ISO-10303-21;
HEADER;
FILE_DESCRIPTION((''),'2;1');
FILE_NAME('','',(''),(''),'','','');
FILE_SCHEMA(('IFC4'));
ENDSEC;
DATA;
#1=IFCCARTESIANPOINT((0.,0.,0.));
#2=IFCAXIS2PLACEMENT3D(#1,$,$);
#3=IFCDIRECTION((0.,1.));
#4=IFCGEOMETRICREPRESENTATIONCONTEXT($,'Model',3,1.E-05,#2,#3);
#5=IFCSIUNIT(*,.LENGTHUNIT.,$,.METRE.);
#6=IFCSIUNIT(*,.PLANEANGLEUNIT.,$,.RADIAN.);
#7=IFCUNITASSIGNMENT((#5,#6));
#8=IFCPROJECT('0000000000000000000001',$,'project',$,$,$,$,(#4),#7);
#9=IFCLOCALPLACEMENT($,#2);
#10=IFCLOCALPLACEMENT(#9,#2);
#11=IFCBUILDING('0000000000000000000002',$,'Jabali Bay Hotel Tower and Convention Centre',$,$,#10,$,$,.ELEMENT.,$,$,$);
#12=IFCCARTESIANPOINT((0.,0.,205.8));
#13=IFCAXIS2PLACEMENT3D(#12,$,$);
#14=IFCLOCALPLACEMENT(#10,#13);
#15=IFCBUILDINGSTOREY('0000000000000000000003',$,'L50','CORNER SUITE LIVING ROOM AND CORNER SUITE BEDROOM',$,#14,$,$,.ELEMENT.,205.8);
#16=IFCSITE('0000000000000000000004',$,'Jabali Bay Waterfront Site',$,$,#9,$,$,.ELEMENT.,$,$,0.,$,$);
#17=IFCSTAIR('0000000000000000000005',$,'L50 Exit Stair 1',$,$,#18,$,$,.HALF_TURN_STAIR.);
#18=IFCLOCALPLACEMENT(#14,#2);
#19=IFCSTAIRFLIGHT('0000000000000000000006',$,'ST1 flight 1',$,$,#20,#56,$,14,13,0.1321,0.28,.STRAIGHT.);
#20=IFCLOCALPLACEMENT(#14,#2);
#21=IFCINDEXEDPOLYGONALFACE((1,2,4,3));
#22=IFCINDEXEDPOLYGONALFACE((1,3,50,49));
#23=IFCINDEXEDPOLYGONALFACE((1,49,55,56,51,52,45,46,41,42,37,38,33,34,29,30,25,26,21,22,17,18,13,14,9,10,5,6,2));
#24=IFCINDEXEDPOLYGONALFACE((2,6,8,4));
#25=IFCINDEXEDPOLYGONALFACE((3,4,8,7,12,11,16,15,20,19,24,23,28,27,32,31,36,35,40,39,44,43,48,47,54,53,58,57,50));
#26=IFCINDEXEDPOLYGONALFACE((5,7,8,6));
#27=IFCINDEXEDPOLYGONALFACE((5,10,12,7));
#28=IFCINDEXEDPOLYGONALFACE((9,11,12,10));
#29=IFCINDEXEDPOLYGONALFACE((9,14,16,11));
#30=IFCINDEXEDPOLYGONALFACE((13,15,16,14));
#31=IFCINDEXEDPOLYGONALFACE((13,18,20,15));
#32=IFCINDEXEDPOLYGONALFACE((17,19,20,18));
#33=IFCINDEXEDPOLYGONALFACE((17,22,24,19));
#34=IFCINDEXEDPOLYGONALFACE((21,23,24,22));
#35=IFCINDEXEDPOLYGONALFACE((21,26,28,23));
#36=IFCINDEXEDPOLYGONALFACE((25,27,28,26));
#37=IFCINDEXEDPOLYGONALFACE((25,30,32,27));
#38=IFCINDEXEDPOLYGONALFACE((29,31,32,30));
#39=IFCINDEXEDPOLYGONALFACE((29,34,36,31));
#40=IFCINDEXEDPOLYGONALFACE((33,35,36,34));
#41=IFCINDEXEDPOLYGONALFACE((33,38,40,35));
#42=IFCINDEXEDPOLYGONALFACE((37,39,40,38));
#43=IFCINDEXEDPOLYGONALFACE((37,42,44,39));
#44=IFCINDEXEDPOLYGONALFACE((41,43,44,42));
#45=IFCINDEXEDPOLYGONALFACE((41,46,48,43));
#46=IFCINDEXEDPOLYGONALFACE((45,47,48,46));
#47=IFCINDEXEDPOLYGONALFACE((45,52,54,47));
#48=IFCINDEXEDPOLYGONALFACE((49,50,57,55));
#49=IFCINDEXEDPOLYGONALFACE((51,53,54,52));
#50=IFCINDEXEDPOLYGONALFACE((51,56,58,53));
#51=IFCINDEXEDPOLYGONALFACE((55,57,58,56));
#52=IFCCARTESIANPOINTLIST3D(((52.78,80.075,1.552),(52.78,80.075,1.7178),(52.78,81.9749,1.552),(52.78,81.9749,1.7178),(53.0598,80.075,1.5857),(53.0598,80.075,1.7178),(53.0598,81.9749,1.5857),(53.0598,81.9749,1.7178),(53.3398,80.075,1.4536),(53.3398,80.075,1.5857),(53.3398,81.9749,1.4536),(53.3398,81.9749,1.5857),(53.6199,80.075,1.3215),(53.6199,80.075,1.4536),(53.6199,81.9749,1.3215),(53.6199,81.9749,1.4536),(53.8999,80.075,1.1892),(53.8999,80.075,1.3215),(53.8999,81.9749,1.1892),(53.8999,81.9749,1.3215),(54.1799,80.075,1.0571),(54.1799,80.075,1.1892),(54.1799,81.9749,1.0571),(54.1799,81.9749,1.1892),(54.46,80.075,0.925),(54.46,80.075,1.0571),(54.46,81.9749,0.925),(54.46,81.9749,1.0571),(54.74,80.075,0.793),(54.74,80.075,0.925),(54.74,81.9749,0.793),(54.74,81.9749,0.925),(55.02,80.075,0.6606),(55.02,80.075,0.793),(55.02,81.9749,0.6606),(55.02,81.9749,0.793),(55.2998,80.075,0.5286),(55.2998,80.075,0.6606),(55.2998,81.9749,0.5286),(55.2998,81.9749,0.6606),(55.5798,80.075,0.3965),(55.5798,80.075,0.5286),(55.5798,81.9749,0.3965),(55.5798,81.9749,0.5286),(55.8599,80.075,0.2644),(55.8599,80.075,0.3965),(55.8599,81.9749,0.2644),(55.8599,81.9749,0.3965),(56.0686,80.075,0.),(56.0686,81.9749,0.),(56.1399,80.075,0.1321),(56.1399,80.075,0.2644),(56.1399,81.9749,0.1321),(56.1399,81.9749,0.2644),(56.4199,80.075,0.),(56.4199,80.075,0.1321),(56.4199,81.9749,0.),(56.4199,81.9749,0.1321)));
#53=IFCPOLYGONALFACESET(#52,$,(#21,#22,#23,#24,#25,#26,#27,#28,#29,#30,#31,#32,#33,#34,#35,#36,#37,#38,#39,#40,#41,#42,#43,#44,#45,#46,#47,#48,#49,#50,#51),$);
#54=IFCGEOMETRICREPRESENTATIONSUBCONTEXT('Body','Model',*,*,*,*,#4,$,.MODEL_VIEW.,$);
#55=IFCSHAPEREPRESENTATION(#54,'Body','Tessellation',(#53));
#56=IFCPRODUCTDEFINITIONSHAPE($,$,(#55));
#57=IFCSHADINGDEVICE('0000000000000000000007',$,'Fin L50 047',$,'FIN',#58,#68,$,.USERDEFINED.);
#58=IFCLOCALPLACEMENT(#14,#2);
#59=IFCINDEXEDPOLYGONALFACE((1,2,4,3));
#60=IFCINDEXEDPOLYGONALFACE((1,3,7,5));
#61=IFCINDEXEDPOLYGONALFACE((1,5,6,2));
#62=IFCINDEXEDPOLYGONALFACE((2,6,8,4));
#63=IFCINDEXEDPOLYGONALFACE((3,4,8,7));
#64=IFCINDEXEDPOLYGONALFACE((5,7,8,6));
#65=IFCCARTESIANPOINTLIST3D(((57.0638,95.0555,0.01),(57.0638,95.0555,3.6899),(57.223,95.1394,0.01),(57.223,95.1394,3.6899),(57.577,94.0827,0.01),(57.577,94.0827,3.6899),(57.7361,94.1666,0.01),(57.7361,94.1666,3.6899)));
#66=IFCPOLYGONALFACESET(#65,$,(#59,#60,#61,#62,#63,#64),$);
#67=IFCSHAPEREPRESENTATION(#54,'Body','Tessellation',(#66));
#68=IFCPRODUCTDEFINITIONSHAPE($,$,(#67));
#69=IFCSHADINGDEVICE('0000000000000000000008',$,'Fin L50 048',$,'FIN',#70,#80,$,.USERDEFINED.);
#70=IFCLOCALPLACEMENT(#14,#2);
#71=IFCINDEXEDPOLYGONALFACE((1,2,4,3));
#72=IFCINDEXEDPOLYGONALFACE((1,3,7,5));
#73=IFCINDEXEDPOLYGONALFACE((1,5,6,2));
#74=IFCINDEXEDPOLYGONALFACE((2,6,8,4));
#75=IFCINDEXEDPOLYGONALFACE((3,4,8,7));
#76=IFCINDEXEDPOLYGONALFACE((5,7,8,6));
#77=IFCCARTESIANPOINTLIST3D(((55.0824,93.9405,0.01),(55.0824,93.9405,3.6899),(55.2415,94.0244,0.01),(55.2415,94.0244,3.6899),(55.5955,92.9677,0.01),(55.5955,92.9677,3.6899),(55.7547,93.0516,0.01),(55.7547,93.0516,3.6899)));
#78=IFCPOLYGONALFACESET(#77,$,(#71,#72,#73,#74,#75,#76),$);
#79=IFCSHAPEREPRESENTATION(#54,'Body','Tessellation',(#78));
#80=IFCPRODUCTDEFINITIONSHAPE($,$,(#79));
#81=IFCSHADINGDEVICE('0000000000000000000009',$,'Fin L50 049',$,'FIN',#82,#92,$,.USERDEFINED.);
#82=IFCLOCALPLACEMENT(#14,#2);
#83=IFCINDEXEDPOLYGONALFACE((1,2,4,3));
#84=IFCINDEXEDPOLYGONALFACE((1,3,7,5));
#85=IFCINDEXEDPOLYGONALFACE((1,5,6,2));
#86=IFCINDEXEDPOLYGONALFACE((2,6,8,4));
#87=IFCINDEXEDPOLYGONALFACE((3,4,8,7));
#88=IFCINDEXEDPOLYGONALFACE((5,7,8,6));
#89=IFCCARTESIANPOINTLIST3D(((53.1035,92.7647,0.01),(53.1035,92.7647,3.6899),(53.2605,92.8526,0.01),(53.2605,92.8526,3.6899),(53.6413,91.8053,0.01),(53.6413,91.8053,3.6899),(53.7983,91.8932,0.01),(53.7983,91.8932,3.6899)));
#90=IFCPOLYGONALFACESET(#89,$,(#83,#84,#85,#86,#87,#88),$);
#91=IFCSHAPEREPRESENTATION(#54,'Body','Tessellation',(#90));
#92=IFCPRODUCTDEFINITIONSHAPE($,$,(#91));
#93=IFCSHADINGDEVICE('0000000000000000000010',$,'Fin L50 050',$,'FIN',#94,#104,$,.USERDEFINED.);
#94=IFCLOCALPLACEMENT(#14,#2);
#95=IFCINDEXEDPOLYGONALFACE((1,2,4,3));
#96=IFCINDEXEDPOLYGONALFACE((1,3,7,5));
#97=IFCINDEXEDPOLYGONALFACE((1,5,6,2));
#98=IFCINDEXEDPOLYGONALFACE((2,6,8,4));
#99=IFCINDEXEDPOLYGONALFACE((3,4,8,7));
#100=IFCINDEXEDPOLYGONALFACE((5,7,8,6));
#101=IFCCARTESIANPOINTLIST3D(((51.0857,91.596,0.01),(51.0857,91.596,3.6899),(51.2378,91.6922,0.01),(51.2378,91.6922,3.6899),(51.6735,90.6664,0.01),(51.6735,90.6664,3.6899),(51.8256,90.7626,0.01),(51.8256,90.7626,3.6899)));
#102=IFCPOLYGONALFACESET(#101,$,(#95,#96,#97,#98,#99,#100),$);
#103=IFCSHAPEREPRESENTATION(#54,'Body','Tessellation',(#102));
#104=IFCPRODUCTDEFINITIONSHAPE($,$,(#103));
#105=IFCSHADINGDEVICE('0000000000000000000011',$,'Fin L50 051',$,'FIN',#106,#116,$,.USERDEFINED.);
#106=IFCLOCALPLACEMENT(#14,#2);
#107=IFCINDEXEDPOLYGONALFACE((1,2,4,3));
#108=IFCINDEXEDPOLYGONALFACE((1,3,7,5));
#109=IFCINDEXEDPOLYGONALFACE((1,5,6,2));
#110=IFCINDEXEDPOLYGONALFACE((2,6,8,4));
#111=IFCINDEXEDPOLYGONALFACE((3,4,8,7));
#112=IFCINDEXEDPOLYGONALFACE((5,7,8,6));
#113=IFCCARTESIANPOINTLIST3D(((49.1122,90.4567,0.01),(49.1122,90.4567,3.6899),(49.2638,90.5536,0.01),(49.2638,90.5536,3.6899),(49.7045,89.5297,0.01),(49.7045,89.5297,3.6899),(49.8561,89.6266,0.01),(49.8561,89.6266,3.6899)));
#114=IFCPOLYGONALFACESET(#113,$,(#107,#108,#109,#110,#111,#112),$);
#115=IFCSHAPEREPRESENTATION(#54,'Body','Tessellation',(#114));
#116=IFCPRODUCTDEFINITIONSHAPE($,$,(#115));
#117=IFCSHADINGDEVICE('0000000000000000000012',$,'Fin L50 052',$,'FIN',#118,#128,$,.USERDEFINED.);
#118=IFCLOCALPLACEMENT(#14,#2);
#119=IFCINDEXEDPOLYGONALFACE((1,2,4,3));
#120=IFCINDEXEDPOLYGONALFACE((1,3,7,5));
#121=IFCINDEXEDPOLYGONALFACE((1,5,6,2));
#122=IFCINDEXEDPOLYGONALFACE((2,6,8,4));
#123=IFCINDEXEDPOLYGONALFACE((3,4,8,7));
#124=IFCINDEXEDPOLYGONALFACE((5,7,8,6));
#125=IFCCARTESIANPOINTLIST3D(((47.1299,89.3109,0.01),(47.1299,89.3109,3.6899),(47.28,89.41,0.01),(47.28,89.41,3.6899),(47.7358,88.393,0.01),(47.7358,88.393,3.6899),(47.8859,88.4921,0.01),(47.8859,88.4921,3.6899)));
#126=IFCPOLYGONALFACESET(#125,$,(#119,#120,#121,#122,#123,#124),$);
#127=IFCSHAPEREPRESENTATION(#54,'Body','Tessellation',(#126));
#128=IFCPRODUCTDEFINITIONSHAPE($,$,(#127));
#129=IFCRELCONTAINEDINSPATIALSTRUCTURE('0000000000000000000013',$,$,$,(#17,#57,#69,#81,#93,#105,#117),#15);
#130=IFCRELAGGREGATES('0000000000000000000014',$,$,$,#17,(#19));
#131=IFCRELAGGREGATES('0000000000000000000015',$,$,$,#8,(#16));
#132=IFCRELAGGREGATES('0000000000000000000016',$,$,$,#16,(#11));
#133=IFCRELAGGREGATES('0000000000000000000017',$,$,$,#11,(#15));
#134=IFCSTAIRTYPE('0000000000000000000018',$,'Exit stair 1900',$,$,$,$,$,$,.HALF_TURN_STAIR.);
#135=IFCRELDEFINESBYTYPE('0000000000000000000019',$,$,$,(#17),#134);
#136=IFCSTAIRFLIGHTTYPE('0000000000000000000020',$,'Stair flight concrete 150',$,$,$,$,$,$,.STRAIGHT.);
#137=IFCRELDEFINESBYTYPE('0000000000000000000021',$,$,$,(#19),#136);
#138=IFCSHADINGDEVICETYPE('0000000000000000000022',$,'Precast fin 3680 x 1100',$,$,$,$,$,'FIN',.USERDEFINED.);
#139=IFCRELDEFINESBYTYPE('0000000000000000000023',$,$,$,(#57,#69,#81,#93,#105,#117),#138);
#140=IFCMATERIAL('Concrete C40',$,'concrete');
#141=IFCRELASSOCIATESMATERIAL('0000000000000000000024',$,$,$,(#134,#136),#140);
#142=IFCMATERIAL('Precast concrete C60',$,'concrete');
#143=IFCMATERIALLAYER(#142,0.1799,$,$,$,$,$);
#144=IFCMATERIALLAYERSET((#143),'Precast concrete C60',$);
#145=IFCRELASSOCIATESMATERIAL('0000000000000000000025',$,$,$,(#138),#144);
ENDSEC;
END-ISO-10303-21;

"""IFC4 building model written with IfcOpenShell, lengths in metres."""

from ifc_helpers import new_model, si_unit, direction, frame, frame_2d, origin, place, context, subcontext, project, spatial, polyline, rectangle, outline, extrude, material, layer, layer_set, type_object, element, aggregate, save


model = new_model("IFC4")

# Units and contexts
model_context = context("Model", 3, precision=1e-05, world=origin(), true_north=direction((0.0, 1.0)))
body_context = subcontext(model_context, "Body", "Model", "MODEL_VIEW")
ifc_project = project(units=[si_unit("LENGTHUNIT", "METRE"), si_unit("PLANEANGLEUNIT", "RADIAN")], contexts=[model_context])

# Site, building, storey
site_placement = place(None, origin())
site = spatial("IfcSite", under=ifc_project, at=site_placement, Name="Jabali Bay Waterfront Site", CompositionType="ELEMENT", RefElevation=0.0)
building_placement = place(site_placement, origin())
building = spatial("IfcBuilding", under=site, at=building_placement, Name="Jabali Bay Hotel Tower and Convention Centre", CompositionType="ELEMENT")
storey_placement = place(building_placement, frame((0.0, 0.0, 205.8)))
storey = spatial("IfcBuildingStorey", under=building, at=storey_placement, Name="L50", Description="CORNER SUITE LIVING ROOM AND CORNER SUITE BEDROOM", CompositionType="ELEMENT", Elevation=205.8)

# Shared definitions
ifc_material_1 = material(Name="Concrete C40", Category="concrete")

# Stair, stair flight
stair_type = type_object("IfcStairType", Name="Exit stair 1900", PredefinedType="HALF_TURN_STAIR", material=ifc_material_1)
stair_placement = place(storey_placement, origin())
stair = element("IfcStair", 1, at=stair_placement, inside=storey, type_object=stair_type, Name="L50 Exit Stair 1", PredefinedType="HALF_TURN_STAIR")
stair_flight_type = type_object("IfcStairFlightType", Name="Stair flight concrete 150", PredefinedType="STRAIGHT", material=ifc_material_1)
stair_flight_placement = place(storey_placement, frame((56.4199, 81.0249, 0.0), z_axis=(0.0, 0.0, 1.0), x_axis=(-1.0, 0.0, 0.0)))
stair_flight = element("IfcStairFlight", 2, at=stair_flight_placement, type_object=stair_flight_type, Name="ST1 flight 1", NumberOfRisers=14, NumberOfTreads=13, PredefinedType="STRAIGHT", RiserHeight=0.1321, TreadLength=0.28, context=body_context, shape_type="SweptSolid", body=[
    extrude(outline(polyline([(0.0, 0.0), (0.0, 0.1321), (0.28, 0.1321), (0.28, 0.2644), (0.5601, 0.2644), (0.5601, 0.3965), (0.8401, 0.3965), (0.8401, 0.5286), (1.1201, 0.5286), (1.1201, 0.6606), (1.3999, 0.6606), (1.3999, 0.793), (1.6799, 0.793), (1.6799, 0.925), (1.96, 0.925), (1.96, 1.0571), (2.24, 1.0571), (2.24, 1.1892), (2.52, 1.1892), (2.52, 1.3215), (2.8, 1.3215), (2.8, 1.4536), (3.0801, 1.4536), (3.0801, 1.5857), (3.3601, 1.5857), (3.3601, 1.7178), (3.6399, 1.7178), (3.6399, 1.8501), (3.6399, 1.552), (0.3513, 0.0), (0.0, 0.0)])), frame((0.0, 0.95, 0.0), z_axis=(0.0, -1.0, 0.0), x_axis=(1.0, 0.0, 0.0)), (0.0, 0.0, 1.0), 1.8999),
])
aggregate(stair, [stair_flight])

# Shading devices
ifc_material_2 = material(Name="Precast concrete C60", Category="concrete")
ifc_layer_1 = layer(ifc_material_2, 0.1799)
ifc_layer_set_1 = layer_set([ifc_layer_1], Name="Precast concrete C60")
shading_device_type = type_object("IfcShadingDeviceType", Name="Precast fin 3680 x 1100", ElementType="FIN", PredefinedType="USERDEFINED", material=ifc_layer_set_1)
for number, where, z_axis, x_axis, name in (
    (3, (57.6565, 94.1248, 0.01), (0.0, 0.0, 1.0), (-0.466551, 0.884494, 0.0), "Fin L50 047"),
    (4, (55.675, 93.0098, 0.01), (0.0, 0.0, 1.0), (-0.466551, 0.884494, 0.0), "Fin L50 048"),
    (5, (53.7197, 91.8494, 0.01), (0.0, 0.0, 1.0), (-0.488975, 0.872298, 0.0), "Fin L50 049"),
    (6, (51.7495, 90.7146, 0.01), (0.0, 0.0, 1.0), (-0.534461, 0.845193, 0.0), "Fin L50 050"),
):
    element("IfcShadingDevice", number, at=place(storey_placement, frame(where, z_axis=z_axis, x_axis=x_axis)), inside=storey, type_object=shading_device_type, Name=name, ObjectType="FIN", PredefinedType="USERDEFINED", context=body_context, shape_type="SweptSolid", body=[
        extrude(rectangle(XDim=1.0999, YDim=0.1799, at=frame_2d((0.5498, 0.0))), origin(), (0.0, 0.0, 1.0), 3.6799),
    ])
shading_device_1_placement = place(storey_placement, frame((49.7803, 89.5781, 0.01), z_axis=(0.0, 0.0, 1.0), x_axis=(-0.538411, 0.842682, 0.0)))
element("IfcShadingDevice", 7, at=shading_device_1_placement, inside=storey, type_object=shading_device_type, Name="Fin L50 051", ObjectType="FIN", PredefinedType="USERDEFINED", context=body_context, shape_type="SweptSolid", body=[
    extrude(rectangle(XDim=1.1001, YDim=0.1799, at=frame_2d((0.55, 0.0))), origin(), (0.0, 0.0, 1.0), 3.6799),
])
shading_device_2_placement = place(storey_placement, frame((47.8108, 88.4426, 0.01), z_axis=(0.0, 0.0, 1.0), x_axis=(-0.550904, 0.834569, 0.0)))
element("IfcShadingDevice", 8, at=shading_device_2_placement, inside=storey, type_object=shading_device_type, Name="Fin L50 052", ObjectType="FIN", PredefinedType="USERDEFINED", context=body_context, shape_type="SweptSolid", body=[
    extrude(rectangle(XDim=1.0999, YDim=0.1799, at=frame_2d((0.5498, 0.0))), origin(), (0.0, 0.0, 1.0), 3.6799),
])

save(model, "model.ifc")
